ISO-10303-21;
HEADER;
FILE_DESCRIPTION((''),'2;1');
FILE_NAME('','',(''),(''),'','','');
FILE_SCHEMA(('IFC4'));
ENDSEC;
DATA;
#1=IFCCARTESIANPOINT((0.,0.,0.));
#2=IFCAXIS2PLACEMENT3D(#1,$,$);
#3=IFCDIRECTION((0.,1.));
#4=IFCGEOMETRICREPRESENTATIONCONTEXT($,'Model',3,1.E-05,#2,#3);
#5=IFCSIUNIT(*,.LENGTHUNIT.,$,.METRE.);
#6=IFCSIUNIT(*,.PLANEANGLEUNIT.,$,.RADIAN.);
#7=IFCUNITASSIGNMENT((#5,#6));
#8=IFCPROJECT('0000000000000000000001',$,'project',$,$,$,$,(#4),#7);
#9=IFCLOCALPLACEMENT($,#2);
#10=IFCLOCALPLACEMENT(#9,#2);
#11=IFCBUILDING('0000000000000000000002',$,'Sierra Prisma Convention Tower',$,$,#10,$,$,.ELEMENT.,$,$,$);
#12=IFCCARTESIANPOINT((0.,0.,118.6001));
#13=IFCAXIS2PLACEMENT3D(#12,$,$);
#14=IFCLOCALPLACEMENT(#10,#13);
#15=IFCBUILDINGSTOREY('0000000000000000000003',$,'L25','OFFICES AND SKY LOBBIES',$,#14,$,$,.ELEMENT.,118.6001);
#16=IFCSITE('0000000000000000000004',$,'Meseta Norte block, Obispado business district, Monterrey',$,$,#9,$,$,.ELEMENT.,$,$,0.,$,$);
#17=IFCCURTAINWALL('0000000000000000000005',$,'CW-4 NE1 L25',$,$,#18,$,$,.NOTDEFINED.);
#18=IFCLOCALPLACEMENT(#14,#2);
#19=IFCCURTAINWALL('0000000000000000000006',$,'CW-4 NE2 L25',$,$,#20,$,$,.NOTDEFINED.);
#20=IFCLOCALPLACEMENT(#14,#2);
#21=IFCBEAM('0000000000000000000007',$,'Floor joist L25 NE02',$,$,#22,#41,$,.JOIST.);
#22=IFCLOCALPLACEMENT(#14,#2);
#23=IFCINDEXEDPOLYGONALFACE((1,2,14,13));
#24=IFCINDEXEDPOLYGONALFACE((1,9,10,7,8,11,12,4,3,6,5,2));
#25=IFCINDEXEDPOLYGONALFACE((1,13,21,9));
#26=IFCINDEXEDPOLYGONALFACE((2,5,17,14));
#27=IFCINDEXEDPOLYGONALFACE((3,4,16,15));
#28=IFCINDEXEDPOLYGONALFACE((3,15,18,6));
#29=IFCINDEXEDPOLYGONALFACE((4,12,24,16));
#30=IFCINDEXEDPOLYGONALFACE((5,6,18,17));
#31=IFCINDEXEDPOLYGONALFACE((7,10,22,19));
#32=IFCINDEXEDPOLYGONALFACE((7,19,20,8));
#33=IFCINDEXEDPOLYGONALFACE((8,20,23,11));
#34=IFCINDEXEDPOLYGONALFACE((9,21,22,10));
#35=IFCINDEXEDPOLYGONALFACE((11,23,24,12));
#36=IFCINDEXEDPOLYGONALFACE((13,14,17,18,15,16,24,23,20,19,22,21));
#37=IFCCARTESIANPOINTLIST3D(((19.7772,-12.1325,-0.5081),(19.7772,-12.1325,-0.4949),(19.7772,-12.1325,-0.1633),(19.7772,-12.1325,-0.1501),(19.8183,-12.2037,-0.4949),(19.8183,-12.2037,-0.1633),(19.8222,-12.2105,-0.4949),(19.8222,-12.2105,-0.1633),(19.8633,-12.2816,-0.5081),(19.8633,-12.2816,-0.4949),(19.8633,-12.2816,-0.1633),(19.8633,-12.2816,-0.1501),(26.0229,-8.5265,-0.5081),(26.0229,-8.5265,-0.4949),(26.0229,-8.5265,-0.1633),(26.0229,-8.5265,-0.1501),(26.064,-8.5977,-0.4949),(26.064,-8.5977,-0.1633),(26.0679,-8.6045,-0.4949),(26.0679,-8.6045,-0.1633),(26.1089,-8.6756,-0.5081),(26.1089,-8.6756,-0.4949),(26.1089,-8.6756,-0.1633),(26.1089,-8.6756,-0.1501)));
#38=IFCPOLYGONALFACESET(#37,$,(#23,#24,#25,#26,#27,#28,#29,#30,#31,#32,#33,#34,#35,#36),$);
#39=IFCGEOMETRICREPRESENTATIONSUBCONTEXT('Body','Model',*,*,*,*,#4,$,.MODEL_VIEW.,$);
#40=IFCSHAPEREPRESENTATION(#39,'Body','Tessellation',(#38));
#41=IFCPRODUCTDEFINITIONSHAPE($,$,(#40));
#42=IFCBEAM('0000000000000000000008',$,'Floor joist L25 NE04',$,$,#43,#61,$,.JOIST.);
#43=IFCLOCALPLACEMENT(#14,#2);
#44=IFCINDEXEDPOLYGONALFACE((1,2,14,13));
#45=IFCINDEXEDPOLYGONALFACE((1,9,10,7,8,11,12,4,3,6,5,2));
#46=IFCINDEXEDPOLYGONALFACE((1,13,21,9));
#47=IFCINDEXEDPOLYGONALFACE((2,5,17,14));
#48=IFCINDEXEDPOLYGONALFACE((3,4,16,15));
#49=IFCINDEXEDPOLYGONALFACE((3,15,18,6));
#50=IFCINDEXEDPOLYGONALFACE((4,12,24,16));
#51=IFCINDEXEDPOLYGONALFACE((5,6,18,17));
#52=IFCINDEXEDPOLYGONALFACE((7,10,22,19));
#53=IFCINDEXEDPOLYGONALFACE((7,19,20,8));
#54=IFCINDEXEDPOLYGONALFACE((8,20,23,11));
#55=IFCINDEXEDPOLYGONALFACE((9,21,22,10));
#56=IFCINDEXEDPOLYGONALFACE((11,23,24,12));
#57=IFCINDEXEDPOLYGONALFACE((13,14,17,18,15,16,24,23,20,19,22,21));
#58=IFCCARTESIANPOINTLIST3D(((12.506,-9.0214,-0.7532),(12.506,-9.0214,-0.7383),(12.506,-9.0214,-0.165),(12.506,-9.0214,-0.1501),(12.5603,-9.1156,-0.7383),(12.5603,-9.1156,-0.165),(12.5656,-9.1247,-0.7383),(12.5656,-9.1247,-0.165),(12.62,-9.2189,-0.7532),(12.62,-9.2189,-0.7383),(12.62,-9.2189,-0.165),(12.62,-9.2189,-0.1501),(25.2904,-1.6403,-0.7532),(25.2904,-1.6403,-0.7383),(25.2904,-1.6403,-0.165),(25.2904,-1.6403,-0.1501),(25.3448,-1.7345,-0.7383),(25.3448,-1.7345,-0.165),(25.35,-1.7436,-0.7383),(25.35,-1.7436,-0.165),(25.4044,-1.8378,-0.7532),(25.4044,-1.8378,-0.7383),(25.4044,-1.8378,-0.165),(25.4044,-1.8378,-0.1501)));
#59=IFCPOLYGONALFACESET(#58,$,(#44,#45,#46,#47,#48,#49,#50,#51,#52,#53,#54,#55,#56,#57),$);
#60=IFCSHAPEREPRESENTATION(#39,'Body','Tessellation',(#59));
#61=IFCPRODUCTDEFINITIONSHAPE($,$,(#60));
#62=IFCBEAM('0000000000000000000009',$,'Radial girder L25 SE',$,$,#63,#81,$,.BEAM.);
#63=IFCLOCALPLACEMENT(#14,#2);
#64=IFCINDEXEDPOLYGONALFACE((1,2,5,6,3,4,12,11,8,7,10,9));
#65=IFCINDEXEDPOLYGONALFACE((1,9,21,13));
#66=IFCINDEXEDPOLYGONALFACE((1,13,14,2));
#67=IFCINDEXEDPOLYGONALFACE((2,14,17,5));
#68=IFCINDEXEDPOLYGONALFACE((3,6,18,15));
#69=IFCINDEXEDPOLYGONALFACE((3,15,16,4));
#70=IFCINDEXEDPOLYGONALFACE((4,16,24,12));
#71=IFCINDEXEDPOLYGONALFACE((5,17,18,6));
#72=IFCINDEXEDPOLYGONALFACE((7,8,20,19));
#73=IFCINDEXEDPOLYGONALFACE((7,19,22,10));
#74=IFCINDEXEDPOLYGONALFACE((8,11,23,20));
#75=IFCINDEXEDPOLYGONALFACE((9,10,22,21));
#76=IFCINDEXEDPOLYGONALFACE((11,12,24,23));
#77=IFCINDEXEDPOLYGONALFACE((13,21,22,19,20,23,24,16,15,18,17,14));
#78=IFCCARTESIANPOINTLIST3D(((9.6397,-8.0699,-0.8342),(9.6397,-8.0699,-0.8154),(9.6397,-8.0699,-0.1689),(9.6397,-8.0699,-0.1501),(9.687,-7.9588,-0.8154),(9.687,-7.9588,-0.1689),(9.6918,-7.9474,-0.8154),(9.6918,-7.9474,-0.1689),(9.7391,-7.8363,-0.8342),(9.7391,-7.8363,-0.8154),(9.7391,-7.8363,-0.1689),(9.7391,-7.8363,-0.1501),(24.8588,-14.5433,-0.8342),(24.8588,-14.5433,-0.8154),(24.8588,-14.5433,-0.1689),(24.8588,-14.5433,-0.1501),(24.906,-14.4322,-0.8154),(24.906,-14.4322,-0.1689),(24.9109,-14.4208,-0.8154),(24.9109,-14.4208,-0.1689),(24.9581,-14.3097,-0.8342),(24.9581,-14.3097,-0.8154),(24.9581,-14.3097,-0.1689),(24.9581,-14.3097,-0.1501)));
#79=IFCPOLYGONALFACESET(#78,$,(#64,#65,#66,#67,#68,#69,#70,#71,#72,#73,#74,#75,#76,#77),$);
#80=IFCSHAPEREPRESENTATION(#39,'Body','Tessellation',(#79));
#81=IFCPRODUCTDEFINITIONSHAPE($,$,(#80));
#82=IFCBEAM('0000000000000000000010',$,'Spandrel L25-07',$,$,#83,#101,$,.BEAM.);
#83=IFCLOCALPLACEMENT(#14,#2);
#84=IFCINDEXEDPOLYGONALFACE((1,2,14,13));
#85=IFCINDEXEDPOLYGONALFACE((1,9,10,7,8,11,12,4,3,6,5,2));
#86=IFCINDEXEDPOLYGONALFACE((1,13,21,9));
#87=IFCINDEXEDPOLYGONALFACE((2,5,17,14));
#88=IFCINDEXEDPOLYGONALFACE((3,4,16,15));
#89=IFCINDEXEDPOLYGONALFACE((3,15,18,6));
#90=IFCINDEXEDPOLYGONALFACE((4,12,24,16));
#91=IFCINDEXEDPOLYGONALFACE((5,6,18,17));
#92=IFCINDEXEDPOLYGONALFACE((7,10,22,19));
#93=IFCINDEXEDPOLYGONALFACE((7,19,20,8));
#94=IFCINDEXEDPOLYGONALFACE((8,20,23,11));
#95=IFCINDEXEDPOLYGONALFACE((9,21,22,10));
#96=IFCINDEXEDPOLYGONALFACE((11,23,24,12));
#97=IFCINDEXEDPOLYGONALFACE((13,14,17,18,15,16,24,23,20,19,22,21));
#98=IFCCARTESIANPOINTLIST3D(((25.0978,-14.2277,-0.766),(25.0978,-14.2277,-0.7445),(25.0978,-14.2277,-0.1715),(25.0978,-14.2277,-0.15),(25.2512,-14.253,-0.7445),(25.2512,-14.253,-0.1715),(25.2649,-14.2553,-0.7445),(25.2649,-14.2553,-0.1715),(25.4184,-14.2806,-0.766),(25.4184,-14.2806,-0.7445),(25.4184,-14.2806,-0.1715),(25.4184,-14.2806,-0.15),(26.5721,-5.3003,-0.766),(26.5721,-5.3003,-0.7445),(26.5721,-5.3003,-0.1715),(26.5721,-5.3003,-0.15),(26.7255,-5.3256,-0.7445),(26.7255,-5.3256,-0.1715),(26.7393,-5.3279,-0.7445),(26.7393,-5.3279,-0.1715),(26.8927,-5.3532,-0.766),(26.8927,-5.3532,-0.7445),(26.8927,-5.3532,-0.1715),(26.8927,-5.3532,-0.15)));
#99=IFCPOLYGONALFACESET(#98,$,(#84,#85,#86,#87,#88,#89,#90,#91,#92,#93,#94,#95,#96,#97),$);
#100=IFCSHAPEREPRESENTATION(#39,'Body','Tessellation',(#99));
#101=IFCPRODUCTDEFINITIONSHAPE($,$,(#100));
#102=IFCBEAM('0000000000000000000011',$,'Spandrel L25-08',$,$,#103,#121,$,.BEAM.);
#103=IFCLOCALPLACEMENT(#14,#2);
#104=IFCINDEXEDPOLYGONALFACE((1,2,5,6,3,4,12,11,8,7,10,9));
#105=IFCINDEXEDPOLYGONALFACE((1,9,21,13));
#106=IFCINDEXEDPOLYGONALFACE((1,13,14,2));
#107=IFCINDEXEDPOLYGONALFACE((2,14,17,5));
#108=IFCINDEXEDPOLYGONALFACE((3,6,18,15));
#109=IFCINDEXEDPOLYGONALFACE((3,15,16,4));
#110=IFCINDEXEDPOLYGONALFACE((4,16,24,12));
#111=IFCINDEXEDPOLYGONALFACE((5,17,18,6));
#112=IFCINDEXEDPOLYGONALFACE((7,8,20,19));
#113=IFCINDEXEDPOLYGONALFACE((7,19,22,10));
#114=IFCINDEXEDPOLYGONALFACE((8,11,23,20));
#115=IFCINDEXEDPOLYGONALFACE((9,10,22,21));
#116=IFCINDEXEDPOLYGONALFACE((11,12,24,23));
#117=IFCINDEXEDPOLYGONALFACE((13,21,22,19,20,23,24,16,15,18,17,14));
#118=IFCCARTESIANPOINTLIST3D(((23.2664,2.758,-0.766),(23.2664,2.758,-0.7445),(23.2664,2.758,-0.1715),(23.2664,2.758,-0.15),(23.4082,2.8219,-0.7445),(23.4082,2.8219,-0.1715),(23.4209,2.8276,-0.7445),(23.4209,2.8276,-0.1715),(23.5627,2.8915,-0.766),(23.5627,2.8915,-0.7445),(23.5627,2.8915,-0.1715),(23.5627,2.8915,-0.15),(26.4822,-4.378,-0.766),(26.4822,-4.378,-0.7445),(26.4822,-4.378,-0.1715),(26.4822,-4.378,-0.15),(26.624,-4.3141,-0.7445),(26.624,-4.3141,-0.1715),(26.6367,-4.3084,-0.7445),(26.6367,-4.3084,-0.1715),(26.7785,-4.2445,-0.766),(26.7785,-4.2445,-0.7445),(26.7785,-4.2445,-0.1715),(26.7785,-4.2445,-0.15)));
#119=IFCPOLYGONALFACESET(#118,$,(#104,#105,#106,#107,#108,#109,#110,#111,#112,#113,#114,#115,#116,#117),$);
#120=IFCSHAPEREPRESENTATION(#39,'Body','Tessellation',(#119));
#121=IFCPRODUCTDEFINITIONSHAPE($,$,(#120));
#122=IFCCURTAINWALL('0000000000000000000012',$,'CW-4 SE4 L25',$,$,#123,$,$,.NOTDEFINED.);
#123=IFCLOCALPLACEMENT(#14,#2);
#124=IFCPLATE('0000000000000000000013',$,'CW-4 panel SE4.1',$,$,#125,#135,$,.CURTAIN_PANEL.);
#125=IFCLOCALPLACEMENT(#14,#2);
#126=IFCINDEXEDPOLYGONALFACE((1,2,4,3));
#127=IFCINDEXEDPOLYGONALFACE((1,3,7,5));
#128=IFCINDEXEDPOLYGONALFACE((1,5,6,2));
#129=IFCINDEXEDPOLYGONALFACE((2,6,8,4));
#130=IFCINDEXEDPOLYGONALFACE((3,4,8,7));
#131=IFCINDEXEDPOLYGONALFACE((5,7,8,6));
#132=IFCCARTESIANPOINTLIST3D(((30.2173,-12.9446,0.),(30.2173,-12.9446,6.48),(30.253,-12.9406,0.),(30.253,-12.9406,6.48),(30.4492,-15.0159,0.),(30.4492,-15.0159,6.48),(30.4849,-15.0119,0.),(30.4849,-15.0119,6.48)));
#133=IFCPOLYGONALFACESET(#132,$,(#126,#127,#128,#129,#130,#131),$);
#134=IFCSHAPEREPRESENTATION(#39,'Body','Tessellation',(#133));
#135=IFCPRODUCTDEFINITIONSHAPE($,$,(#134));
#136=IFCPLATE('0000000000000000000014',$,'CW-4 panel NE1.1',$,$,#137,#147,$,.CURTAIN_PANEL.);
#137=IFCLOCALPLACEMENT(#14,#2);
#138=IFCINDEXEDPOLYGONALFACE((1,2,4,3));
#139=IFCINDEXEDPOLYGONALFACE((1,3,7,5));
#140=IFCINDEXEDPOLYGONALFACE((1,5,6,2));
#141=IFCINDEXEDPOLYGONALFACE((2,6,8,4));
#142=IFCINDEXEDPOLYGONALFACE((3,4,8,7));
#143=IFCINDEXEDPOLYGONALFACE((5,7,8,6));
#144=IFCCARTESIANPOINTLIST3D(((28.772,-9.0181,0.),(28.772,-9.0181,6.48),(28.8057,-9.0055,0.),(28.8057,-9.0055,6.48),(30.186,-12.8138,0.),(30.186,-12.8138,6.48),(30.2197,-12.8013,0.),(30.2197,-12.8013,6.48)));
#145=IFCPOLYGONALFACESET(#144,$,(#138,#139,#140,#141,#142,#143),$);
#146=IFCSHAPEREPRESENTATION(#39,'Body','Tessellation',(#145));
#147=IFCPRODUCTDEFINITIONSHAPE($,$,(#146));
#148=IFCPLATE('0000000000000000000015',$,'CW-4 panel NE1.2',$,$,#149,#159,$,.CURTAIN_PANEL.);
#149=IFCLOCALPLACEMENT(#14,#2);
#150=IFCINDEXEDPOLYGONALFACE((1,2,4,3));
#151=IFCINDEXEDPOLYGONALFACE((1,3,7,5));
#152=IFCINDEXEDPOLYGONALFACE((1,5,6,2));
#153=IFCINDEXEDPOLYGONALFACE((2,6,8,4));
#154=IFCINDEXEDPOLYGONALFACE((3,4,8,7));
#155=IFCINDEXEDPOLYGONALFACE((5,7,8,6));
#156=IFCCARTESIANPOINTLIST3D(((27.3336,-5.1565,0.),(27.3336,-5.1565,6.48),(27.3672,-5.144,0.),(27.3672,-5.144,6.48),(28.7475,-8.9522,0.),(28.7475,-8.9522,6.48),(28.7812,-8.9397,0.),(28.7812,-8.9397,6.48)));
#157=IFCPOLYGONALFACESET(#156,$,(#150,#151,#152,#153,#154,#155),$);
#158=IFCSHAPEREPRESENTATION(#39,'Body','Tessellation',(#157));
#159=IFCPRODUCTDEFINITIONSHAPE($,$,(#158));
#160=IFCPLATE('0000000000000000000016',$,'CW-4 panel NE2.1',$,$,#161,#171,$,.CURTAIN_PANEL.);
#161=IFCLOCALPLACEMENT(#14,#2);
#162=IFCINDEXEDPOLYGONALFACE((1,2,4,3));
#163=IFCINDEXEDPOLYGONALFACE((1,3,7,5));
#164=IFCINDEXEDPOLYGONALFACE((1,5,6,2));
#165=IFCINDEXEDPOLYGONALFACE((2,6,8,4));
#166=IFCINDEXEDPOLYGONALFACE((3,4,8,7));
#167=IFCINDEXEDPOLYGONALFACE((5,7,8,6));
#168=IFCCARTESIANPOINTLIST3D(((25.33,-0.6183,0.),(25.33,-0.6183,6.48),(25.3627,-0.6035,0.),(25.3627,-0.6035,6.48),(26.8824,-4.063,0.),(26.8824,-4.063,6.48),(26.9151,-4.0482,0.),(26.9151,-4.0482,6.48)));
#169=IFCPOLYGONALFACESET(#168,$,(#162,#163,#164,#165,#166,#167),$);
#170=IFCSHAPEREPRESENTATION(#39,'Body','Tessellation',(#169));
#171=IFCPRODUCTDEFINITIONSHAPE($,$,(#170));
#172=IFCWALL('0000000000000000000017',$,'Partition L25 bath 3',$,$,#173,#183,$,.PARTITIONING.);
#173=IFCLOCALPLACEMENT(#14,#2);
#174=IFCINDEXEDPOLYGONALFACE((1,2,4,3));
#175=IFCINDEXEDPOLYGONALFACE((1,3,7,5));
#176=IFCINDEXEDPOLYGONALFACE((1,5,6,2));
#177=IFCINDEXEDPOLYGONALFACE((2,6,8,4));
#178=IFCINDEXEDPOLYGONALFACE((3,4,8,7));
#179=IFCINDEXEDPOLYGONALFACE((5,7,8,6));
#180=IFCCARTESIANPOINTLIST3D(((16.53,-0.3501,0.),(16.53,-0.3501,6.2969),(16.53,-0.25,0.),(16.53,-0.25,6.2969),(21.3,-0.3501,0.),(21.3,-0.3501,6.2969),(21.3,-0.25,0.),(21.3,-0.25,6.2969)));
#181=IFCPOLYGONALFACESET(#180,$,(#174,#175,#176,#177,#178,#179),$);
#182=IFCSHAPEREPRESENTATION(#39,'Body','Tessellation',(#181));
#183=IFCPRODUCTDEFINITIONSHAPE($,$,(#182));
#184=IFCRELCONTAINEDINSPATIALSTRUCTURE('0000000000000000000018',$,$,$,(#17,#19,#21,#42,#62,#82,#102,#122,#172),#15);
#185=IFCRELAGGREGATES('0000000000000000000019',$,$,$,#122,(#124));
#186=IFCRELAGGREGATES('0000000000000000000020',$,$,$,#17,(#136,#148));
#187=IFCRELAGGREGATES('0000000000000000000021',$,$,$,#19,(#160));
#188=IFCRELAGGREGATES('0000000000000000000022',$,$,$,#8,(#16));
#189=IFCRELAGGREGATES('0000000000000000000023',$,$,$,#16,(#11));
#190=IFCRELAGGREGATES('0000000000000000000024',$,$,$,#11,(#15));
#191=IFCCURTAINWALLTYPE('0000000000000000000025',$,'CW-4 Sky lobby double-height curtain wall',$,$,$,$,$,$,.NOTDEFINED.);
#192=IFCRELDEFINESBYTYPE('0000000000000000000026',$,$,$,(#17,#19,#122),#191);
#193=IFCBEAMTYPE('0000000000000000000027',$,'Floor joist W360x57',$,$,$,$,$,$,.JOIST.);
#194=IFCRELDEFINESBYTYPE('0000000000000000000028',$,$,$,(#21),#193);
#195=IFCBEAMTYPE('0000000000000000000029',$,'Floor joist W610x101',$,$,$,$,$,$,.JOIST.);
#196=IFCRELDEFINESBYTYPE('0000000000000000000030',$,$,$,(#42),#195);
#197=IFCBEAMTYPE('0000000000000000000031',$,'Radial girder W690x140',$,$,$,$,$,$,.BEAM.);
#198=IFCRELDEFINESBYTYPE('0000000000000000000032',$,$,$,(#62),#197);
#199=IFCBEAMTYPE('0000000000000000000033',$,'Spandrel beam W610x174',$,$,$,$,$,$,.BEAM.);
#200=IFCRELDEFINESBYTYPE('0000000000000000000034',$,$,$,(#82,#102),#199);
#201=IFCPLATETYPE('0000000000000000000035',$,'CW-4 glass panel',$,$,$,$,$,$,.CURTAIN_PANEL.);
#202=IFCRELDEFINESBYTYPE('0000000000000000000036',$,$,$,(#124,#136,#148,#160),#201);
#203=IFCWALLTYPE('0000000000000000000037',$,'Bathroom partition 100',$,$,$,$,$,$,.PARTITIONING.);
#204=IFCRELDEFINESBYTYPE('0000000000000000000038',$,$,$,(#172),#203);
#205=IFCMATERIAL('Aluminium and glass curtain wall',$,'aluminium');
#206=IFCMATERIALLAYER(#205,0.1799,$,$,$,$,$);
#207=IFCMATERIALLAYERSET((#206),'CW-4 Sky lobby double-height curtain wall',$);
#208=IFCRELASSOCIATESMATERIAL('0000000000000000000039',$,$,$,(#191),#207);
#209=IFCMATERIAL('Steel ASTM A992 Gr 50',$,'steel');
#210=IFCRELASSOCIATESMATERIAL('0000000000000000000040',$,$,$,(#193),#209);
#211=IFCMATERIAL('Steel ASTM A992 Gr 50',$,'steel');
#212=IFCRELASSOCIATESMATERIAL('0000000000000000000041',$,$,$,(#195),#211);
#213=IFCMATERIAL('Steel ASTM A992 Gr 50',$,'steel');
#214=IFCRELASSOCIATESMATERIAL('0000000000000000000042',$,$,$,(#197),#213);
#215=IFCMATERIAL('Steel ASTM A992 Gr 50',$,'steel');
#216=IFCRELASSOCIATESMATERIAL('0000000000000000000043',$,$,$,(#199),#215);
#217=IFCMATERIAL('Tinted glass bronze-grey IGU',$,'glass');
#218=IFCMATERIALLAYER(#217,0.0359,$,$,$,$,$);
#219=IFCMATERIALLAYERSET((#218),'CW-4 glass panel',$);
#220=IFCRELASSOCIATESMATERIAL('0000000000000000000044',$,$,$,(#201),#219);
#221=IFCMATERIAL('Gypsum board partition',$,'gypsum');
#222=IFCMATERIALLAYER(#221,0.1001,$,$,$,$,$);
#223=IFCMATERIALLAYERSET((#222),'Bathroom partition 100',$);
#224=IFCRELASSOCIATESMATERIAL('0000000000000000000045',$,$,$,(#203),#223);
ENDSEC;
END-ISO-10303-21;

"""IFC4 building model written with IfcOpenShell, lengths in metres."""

from ifc_helpers import new_model, si_unit, direction, frame, frame_2d, origin, origin_2d, place, context, subcontext, project, spatial, rectangle, i_section, extrude, material, layer, layer_set, material_profile, profile_set, type_object, element, aggregate, save


model = new_model("IFC4")

# Units and contexts
model_context = context("Model", 3, precision=1e-05, world=origin(), true_north=direction((0.0, 1.0)))
body_context = subcontext(model_context, "Body", "Model", "MODEL_VIEW")
ifc_project = project(units=[si_unit("LENGTHUNIT", "METRE"), si_unit("PLANEANGLEUNIT", "RADIAN")], contexts=[model_context])

# Site, building, storey
site_placement = place(None, origin())
site = spatial("IfcSite", under=ifc_project, at=site_placement, Name="Meseta Norte block, Obispado business district, Monterrey", CompositionType="ELEMENT", RefElevation=0.0)
building_placement = place(site_placement, origin())
building = spatial("IfcBuilding", under=site, at=building_placement, Name="Sierra Prisma Convention Tower", CompositionType="ELEMENT")
storey_placement = place(building_placement, frame((0.0, 0.0, 118.6001)))
storey = spatial("IfcBuildingStorey", under=building, at=storey_placement, Name="L25", Description="OFFICES AND SKY LOBBIES", CompositionType="ELEMENT", Elevation=118.6001)

# Curtain walls
ifc_material_1 = material(Name="Aluminium and glass curtain wall", Category="aluminium")
ifc_layer_1 = layer(ifc_material_1, 0.1799)
ifc_layer_set_1 = layer_set([ifc_layer_1], Name="CW-4 Sky lobby double-height curtain wall")
curtain_wall_type = type_object("IfcCurtainWallType", Name="CW-4 Sky lobby double-height curtain wall", PredefinedType="NOTDEFINED", material=ifc_layer_set_1)
curtain_wall_1_placement = place(storey_placement, origin())
curtain_wall_1 = element("IfcCurtainWall", 1, at=curtain_wall_1_placement, inside=storey, type_object=curtain_wall_type, Name="CW-4 NE1 L25", PredefinedType="NOTDEFINED")
curtain_wall_2_placement = place(storey_placement, origin())
curtain_wall_2 = element("IfcCurtainWall", 2, at=curtain_wall_2_placement, inside=storey, type_object=curtain_wall_type, Name="CW-4 NE2 L25", PredefinedType="NOTDEFINED")

# Beams
ifc_material_2 = material(Name="Steel ASTM A992 Gr 50", Category="steel")
ifc_material_profile_1 = material_profile(ifc_material_2, i_section(OverallWidth=0.1721, OverallDepth=0.3579, WebThickness=0.0078, FlangeThickness=0.0132, at=origin_2d()), Name="W360x57")
ifc_profile_set_1 = profile_set([ifc_material_profile_1], Name="Steel ASTM A992 Gr 50")
beam_type_1 = type_object("IfcBeamType", Name="Floor joist W360x57", PredefinedType="JOIST", material=ifc_profile_set_1)
beam_1_placement = place(storey_placement, frame((26.0659, -8.6011, -0.3291), z_axis=(-0.866022, -0.500006, 0.0), x_axis=(0.500006, -0.866022, 0.0)))
element("IfcBeam", 3, at=beam_1_placement, inside=storey, type_object=beam_type_1, Name="Floor joist L25 NE02", PredefinedType="JOIST", context=body_context, shape_type="SweptSolid", body=[
    extrude(i_section(OverallWidth=0.1721, OverallDepth=0.3579, WebThickness=0.0078, FlangeThickness=0.0132, at=origin_2d()), origin(), (0.0, 0.0, 1.0), 7.2119),
])
ifc_material_3 = material(Name="Steel ASTM A992 Gr 50", Category="steel")
ifc_material_profile_2 = material_profile(ifc_material_3, i_section(OverallWidth=0.228, OverallDepth=0.603, WebThickness=0.0105, FlangeThickness=0.0149, at=origin_2d()), Name="W610x101")
ifc_profile_set_2 = profile_set([ifc_material_profile_2], Name="Steel ASTM A992 Gr 50")
beam_type_2 = type_object("IfcBeamType", Name="Floor joist W610x101", PredefinedType="JOIST", material=ifc_profile_set_2)
beam_2_placement = place(storey_placement, frame((25.3474, -1.739, -0.4517), z_axis=(-0.866025, -0.500001, 0.0), x_axis=(0.500001, -0.866025, 0.0)))
element("IfcBeam", 4, at=beam_2_placement, inside=storey, type_object=beam_type_2, Name="Floor joist L25 NE04", PredefinedType="JOIST", context=body_context, shape_type="SweptSolid", body=[
    extrude(i_section(OverallWidth=0.228, OverallDepth=0.603, WebThickness=0.0105, FlangeThickness=0.0149, at=origin_2d()), origin(), (0.0, 0.0, 1.0), 14.7622),
])
ifc_material_4 = material(Name="Steel ASTM A992 Gr 50", Category="steel")
ifc_material_profile_3 = material_profile(ifc_material_4, i_section(OverallWidth=0.2539, OverallDepth=0.6841, WebThickness=0.0125, FlangeThickness=0.0188, at=origin_2d()), Name="W690x140")
ifc_profile_set_3 = profile_set([ifc_material_profile_3], Name="Steel ASTM A992 Gr 50")
beam_type_3 = type_object("IfcBeamType", Name="Radial girder W690x140", PredefinedType="BEAM", material=ifc_profile_set_3)
beam_3_placement = place(storey_placement, frame((24.9084, -14.4265, -0.4922), z_axis=(-0.920215, 0.391413, 0.0), x_axis=(-0.391413, -0.920215, 0.0)))
element("IfcBeam", 5, at=beam_3_placement, inside=storey, type_object=beam_type_3, Name="Radial girder L25 SE", PredefinedType="BEAM", context=body_context, shape_type="SweptSolid", body=[
    extrude(i_section(OverallWidth=0.2539, OverallDepth=0.6841, WebThickness=0.0125, FlangeThickness=0.0188, at=origin_2d()), origin(), (0.0, 0.0, 1.0), 16.5386),
])
ifc_material_5 = material(Name="Steel ASTM A992 Gr 50", Category="steel")
ifc_material_profile_4 = material_profile(ifc_material_5, i_section(OverallWidth=0.325, OverallDepth=0.616, WebThickness=0.0139, FlangeThickness=0.0215, at=origin_2d()), Name="W610x174")
ifc_profile_set_4 = profile_set([ifc_material_profile_4], Name="Steel ASTM A992 Gr 50")
beam_type_4 = type_object("IfcBeamType", Name="Spandrel beam W610x174", PredefinedType="BEAM", material=ifc_profile_set_4)
beam_4_placement = place(storey_placement, frame((25.2581, -14.2542, -0.458), z_axis=(0.162942, 0.986636, 0.0), x_axis=(-0.986636, 0.162942, 0.0)))
element("IfcBeam", 6, at=beam_4_placement, inside=storey, type_object=beam_type_4, Name="Spandrel L25-07", PredefinedType="BEAM", context=body_context, shape_type="SweptSolid", body=[
    extrude(i_section(OverallWidth=0.325, OverallDepth=0.616, WebThickness=0.0139, FlangeThickness=0.0215, at=origin_2d()), origin(), (0.0, 0.0, 1.0), 9.0483),
])
beam_5_placement = place(storey_placement, frame((26.6304, -4.3113, -0.458), z_axis=(-0.410856, 0.9117, 0.0), x_axis=(-0.9117, -0.410856, 0.0)))
element("IfcBeam", 7, at=beam_5_placement, inside=storey, type_object=beam_type_4, Name="Spandrel L25-08", PredefinedType="BEAM", context=body_context, shape_type="SweptSolid", body=[
    extrude(i_section(OverallWidth=0.325, OverallDepth=0.616, WebThickness=0.0139, FlangeThickness=0.0215, at=origin_2d()), origin(), (0.0, 0.0, 1.0), 7.8271),
])

# Curtain wall, plate
curtain_wall_3_placement = place(storey_placement, origin())
curtain_wall_3 = element("IfcCurtainWall", 8, at=curtain_wall_3_placement, inside=storey, type_object=curtain_wall_type, Name="CW-4 SE4 L25", PredefinedType="NOTDEFINED")
ifc_material_6 = material(Name="Tinted glass bronze-grey IGU", Category="glass")
ifc_layer_2 = layer(ifc_material_6, 0.0359)
ifc_layer_set_2 = layer_set([ifc_layer_2], Name="CW-4 glass panel")
plate_type = type_object("IfcPlateType", Name="CW-4 glass panel", PredefinedType="CURTAIN_PANEL", material=ifc_layer_set_2)
plate_1_placement = place(storey_placement, frame((30.3511, -13.9783, 0.0), z_axis=(0.0, 0.0, 1.0), x_axis=(-0.111262, 0.993791, 0.0)))
plate_1 = element("IfcPlate", 9, at=plate_1_placement, type_object=plate_type, Name="CW-4 panel SE4.1", PredefinedType="CURTAIN_PANEL", context=body_context, shape_type="SweptSolid", body=[
    extrude(rectangle(XDim=2.0842, YDim=0.0359, at=origin_2d()), origin(), (0.0, 0.0, 1.0), 6.48),
])
aggregate(curtain_wall_3, [plate_1])

# Plates
plate_2_placement = place(storey_placement, frame((29.4958, -10.9097, 0.0), z_axis=(0.0, 0.0, 1.0), x_axis=(-0.349082, 0.937092, 0.0)))
plate_2 = element("IfcPlate", 10, at=plate_2_placement, type_object=plate_type, Name="CW-4 panel NE1.1", PredefinedType="CURTAIN_PANEL", context=body_context, shape_type="SweptSolid", body=[
    extrude(rectangle(XDim=4.0505, YDim=0.0359, at=origin_2d()), origin(), (0.0, 0.0, 1.0), 6.48),
])
plate_3_placement = place(storey_placement, frame((28.0574, -7.0481, 0.0), z_axis=(0.0, 0.0, 1.0), x_axis=(-0.349082, 0.937092, 0.0)))
plate_3 = element("IfcPlate", 11, at=plate_3_placement, type_object=plate_type, Name="CW-4 panel NE1.2", PredefinedType="CURTAIN_PANEL", context=body_context, shape_type="SweptSolid", body=[
    extrude(rectangle(XDim=4.0505, YDim=0.0359, at=origin_2d()), origin(), (0.0, 0.0, 1.0), 6.48),
])
aggregate(curtain_wall_1, [plate_2, plate_3])
plate_4_placement = place(storey_placement, frame((26.1226, -2.3333, 0.0), z_axis=(0.0, 0.0, 1.0), x_axis=(-0.410857, 0.9117, 0.0)))
plate_4 = element("IfcPlate", 12, at=plate_4_placement, type_object=plate_type, Name="CW-4 panel NE2.1", PredefinedType="CURTAIN_PANEL", context=body_context, shape_type="SweptSolid", body=[
    extrude(rectangle(XDim=3.7783, YDim=0.0359, at=origin_2d()), origin(), (0.0, 0.0, 1.0), 6.48),
])
aggregate(curtain_wall_2, [plate_4])

# Wall
ifc_material_7 = material(Name="Gypsum board partition", Category="gypsum")
ifc_layer_3 = layer(ifc_material_7, 0.1001)
ifc_layer_set_3 = layer_set([ifc_layer_3], Name="Bathroom partition 100")
wall_type_1 = type_object("IfcWallType", Name="Bathroom partition 100", PredefinedType="PARTITIONING", material=ifc_layer_set_3)
wall_1_placement = place(storey_placement, frame((16.53, -0.3, 0.0), z_axis=(0.0, 0.0, 1.0), x_axis=(1.0, 0.0, 0.0)))
element("IfcWall", 13, at=wall_1_placement, inside=storey, type_object=wall_type_1, Name="Partition L25 bath 3", PredefinedType="PARTITIONING", context=body_context, shape_type="SweptSolid", body=[
    extrude(rectangle(XDim=4.77, YDim=0.1001, at=frame_2d((2.385, 0.0))), origin(), (0.0, 0.0, 1.0), 6.2969),
])

save(model, "model.ifc")
